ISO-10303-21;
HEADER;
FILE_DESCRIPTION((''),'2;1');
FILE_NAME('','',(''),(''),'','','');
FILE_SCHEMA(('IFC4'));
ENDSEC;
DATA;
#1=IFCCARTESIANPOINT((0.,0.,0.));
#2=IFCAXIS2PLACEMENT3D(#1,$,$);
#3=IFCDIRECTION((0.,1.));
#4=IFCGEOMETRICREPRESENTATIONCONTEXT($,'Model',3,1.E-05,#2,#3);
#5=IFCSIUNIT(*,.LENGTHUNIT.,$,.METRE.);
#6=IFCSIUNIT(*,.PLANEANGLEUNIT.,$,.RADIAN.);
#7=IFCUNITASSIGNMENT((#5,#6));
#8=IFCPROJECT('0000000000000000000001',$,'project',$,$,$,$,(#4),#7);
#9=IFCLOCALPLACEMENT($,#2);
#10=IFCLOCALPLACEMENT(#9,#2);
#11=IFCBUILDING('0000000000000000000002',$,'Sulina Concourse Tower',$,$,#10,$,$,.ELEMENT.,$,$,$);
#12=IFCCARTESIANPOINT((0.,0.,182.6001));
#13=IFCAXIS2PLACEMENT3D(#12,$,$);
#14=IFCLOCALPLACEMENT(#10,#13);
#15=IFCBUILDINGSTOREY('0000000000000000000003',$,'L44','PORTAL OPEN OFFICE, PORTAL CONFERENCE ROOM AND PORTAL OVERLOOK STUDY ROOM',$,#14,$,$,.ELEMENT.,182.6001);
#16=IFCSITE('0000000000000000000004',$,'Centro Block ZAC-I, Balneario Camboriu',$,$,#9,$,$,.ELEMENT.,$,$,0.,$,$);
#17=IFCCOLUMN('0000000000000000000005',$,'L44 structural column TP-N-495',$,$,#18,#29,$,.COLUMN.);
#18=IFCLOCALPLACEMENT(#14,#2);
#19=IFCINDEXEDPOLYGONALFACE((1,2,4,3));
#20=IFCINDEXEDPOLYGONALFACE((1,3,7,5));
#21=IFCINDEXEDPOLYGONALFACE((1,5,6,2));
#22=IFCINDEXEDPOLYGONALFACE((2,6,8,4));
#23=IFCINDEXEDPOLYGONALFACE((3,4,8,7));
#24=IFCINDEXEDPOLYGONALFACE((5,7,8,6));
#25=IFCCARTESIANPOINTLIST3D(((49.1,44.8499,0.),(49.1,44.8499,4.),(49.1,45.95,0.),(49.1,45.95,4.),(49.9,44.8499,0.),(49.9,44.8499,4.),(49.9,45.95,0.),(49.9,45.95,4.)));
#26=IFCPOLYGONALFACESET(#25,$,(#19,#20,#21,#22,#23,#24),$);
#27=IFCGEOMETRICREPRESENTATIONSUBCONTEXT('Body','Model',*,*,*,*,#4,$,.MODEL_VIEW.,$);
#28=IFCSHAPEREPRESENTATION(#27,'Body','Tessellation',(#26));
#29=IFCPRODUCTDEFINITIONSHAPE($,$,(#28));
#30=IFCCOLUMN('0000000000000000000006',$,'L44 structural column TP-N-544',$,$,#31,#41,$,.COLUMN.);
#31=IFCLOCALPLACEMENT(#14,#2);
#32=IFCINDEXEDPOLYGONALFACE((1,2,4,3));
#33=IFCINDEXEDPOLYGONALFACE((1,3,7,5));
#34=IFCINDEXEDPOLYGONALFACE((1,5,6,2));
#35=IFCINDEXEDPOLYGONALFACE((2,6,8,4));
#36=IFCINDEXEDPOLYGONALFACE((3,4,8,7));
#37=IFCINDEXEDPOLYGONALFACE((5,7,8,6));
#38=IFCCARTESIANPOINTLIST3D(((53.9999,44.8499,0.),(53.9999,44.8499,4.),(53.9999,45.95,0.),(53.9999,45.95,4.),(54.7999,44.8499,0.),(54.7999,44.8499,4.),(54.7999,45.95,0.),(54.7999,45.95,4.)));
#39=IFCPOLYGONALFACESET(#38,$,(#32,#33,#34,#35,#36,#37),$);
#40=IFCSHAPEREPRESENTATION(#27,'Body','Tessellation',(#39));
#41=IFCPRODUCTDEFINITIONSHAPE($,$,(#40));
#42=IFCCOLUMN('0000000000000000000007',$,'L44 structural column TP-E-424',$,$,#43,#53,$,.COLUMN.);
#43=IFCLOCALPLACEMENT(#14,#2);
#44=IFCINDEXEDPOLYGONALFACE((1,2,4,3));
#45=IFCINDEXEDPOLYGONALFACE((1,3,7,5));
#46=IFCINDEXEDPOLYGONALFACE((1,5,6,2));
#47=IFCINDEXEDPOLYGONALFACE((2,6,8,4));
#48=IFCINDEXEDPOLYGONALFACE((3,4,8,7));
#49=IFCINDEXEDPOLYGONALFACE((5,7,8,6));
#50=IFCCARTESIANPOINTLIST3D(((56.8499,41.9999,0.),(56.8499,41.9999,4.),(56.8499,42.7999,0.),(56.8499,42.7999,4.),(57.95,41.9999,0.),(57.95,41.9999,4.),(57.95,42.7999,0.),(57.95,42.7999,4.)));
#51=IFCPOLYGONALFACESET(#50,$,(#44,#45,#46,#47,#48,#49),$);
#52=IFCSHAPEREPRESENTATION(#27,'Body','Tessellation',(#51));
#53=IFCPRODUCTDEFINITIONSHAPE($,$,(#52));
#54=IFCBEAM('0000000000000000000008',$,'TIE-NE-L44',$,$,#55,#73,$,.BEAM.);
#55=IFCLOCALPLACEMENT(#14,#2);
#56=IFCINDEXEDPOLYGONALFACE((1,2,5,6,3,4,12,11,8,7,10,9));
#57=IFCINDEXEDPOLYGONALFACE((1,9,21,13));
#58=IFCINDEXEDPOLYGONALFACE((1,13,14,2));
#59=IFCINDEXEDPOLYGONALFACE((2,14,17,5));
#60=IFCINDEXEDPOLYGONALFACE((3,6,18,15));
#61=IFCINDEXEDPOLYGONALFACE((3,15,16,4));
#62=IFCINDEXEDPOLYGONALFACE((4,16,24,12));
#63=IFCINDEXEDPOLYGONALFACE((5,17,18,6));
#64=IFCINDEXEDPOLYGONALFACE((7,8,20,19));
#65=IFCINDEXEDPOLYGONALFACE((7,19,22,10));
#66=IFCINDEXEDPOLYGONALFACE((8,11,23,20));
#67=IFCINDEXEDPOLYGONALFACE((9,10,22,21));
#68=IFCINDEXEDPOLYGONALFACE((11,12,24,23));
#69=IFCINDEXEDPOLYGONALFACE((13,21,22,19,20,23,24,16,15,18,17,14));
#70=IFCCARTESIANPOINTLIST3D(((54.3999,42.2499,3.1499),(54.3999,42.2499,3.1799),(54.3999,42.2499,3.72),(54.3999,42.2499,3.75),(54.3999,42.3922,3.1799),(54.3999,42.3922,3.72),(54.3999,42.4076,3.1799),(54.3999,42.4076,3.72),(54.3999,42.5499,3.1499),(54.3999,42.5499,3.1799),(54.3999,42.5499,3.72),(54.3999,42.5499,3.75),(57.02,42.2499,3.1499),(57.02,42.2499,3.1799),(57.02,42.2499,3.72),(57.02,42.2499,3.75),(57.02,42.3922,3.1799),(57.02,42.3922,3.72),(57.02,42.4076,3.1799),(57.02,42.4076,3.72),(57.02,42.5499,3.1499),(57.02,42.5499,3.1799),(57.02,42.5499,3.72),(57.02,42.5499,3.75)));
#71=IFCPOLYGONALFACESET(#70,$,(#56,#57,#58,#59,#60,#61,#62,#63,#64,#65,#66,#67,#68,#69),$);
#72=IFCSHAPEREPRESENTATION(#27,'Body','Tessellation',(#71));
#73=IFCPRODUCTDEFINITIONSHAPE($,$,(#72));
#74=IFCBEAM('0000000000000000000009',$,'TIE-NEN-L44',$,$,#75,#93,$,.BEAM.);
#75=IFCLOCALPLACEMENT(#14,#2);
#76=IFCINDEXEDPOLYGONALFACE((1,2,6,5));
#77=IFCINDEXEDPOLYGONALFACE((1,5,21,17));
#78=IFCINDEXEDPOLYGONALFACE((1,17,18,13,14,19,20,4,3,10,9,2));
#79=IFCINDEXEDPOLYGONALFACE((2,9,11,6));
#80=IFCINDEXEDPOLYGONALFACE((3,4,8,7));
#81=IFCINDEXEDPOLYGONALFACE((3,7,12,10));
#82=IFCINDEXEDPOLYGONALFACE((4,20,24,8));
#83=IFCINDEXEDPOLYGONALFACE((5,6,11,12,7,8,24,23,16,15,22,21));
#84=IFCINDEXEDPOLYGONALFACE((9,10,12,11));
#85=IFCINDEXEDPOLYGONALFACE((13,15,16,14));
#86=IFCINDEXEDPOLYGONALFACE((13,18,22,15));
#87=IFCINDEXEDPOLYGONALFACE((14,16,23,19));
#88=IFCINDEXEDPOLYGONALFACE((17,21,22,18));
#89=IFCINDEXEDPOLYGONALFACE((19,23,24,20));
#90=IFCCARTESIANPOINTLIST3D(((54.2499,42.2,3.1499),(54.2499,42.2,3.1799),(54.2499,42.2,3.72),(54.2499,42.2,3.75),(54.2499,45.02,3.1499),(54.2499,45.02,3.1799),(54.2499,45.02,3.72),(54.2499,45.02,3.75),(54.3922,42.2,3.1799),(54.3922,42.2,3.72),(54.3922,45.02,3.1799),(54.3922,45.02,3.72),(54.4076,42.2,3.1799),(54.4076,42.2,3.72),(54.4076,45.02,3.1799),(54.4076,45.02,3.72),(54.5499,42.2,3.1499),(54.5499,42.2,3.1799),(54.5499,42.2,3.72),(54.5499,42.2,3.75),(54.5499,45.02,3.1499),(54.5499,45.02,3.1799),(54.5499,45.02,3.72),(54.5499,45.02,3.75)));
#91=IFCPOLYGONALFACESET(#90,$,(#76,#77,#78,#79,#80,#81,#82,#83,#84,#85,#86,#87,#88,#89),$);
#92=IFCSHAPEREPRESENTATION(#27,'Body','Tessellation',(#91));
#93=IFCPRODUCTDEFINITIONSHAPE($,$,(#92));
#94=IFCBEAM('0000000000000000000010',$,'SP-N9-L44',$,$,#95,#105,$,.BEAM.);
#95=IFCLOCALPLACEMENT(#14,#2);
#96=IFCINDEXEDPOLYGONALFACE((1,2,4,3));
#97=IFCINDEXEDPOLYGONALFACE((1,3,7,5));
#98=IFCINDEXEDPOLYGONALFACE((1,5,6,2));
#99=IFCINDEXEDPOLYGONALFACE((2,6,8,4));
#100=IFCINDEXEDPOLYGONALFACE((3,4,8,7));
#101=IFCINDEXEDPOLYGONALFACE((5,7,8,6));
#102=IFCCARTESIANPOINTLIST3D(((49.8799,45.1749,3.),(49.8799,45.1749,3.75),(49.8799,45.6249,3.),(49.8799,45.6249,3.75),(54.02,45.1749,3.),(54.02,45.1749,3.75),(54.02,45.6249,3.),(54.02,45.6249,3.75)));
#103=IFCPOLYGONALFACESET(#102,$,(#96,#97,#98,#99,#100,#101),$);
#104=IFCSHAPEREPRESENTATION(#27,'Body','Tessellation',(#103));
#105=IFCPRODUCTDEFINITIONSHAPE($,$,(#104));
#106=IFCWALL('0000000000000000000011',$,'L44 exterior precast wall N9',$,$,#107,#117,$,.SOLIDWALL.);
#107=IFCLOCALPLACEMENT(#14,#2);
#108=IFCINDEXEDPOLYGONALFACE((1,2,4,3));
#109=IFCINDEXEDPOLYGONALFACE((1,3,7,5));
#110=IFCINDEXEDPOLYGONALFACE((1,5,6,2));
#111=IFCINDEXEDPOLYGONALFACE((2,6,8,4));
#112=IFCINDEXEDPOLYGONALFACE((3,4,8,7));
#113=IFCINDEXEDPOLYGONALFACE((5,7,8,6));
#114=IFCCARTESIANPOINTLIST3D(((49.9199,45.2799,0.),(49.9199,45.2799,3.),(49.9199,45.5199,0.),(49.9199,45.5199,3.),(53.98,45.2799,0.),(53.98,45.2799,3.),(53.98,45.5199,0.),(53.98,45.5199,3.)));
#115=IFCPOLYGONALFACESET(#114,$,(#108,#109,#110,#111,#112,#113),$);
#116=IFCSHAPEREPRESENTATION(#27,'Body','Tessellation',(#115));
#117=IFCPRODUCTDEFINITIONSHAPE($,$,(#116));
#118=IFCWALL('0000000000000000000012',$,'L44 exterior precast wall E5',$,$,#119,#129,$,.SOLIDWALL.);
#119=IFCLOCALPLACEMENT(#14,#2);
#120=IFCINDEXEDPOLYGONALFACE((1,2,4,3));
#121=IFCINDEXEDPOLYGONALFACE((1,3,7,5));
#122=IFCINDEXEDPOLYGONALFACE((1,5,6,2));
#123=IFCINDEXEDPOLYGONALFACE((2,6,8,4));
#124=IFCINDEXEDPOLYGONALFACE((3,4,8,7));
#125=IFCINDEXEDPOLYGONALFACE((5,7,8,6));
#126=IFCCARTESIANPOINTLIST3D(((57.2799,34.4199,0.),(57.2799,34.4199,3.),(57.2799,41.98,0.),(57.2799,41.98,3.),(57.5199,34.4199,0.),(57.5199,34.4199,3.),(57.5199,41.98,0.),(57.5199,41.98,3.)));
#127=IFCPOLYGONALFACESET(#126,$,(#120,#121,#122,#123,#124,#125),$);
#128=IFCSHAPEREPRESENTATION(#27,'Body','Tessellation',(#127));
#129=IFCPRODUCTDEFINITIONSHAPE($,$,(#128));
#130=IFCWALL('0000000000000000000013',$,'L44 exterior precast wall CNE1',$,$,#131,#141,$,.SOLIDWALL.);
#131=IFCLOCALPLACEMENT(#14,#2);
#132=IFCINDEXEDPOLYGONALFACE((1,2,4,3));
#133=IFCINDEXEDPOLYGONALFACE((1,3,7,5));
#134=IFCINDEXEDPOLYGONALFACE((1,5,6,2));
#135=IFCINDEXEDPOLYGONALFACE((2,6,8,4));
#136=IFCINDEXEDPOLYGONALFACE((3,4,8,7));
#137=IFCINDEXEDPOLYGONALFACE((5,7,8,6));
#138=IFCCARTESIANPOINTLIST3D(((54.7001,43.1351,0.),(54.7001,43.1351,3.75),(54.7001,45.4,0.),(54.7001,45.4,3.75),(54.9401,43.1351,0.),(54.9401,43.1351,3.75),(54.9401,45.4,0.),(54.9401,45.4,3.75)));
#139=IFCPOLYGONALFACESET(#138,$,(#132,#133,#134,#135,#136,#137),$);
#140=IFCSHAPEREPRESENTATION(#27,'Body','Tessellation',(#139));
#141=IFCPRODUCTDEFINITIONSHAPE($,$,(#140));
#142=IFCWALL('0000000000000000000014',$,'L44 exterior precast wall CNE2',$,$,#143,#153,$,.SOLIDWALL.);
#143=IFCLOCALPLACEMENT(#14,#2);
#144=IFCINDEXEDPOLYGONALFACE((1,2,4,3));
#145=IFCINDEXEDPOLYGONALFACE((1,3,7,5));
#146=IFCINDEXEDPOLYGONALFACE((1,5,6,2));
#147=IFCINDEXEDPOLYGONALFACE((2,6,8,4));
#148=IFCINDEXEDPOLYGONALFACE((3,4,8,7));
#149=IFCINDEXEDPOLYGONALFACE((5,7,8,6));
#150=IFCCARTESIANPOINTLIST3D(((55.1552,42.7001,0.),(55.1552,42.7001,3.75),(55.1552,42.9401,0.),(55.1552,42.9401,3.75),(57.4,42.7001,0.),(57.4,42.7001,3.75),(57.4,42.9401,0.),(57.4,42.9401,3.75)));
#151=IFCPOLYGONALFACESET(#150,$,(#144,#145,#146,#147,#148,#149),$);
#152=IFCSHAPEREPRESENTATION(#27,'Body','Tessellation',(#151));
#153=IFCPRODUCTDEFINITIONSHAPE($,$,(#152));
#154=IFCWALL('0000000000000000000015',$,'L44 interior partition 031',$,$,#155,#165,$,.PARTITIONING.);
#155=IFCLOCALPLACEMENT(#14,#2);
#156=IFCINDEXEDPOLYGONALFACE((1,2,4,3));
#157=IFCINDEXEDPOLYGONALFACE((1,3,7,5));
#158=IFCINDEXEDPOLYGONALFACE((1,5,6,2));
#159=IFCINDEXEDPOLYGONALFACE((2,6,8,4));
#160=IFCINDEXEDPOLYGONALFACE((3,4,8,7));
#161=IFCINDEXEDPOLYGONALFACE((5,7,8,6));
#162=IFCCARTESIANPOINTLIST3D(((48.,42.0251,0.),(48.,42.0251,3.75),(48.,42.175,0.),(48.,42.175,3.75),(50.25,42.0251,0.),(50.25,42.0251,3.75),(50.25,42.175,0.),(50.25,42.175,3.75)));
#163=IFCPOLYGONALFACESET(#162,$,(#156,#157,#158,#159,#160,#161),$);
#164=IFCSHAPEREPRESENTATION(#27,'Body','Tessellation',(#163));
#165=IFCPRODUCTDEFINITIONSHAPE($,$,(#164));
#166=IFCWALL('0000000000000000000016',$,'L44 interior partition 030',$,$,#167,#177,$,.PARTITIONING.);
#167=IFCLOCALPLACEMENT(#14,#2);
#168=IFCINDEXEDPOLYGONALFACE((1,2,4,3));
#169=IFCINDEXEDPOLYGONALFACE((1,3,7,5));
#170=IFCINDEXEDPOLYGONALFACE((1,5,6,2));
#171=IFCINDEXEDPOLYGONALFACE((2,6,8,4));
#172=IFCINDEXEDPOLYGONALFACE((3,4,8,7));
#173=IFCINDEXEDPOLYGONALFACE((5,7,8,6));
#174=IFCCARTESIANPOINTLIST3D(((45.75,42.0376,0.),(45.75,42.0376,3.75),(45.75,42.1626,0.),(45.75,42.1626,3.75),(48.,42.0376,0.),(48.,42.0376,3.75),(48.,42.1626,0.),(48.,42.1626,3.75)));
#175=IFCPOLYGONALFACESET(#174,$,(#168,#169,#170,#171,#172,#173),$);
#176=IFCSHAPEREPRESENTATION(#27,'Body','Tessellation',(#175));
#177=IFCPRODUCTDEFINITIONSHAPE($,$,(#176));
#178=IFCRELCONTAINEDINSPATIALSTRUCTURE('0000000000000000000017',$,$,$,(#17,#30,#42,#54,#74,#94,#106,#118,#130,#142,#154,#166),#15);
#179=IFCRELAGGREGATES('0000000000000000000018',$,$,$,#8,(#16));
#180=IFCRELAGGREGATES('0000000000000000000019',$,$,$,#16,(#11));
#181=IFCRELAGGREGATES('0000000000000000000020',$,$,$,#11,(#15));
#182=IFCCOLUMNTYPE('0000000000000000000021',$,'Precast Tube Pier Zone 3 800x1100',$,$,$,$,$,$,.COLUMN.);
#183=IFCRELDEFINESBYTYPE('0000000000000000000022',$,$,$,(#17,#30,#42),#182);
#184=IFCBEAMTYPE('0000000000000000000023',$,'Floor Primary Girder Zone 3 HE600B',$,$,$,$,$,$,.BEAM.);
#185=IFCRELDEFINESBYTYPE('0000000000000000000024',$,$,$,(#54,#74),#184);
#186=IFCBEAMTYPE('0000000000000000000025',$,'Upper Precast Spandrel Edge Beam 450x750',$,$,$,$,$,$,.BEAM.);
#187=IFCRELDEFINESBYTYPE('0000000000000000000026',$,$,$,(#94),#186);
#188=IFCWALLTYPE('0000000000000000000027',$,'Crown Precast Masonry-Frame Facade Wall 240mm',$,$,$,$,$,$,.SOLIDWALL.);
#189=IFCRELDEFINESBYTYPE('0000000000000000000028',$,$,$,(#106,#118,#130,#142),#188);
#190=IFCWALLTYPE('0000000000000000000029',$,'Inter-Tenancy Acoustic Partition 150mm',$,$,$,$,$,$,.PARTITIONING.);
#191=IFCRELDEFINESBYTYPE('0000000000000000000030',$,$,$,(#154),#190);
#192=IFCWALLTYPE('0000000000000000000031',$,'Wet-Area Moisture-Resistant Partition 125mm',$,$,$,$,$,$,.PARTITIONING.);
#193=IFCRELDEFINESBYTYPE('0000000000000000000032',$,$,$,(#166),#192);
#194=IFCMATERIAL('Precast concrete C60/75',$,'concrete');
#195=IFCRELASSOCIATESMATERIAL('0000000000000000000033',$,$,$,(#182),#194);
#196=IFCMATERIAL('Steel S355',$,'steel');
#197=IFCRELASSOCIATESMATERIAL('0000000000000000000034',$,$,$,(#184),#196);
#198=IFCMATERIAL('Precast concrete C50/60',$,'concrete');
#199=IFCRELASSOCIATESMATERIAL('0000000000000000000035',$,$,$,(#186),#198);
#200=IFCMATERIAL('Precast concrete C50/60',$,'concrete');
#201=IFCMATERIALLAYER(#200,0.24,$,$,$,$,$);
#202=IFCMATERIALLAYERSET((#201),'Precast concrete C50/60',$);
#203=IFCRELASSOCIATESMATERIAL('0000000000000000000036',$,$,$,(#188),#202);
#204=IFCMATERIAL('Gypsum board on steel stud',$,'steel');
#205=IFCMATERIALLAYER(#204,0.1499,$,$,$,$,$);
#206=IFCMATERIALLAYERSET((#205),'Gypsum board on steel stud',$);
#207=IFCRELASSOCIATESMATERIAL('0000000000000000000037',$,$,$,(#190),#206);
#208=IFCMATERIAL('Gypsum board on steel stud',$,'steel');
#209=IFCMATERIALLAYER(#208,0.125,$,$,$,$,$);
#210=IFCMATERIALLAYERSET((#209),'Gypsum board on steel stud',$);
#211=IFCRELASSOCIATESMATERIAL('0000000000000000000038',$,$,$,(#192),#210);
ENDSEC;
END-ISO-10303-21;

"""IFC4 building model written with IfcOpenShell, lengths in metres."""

from ifc_helpers import new_model, si_unit, direction, frame, frame_2d, origin, origin_2d, place, context, subcontext, project, spatial, rectangle, i_section, extrude, material, layer, layer_set, material_profile, profile_set, type_object, element, save


model = new_model("IFC4")

# Units and contexts
model_context = context("Model", 3, precision=1e-05, world=origin(), true_north=direction((0.0, 1.0)))
body_context = subcontext(model_context, "Body", "Model", "MODEL_VIEW")
ifc_project = project(units=[si_unit("LENGTHUNIT", "METRE"), si_unit("PLANEANGLEUNIT", "RADIAN")], contexts=[model_context])

# Site, building, storey
site_placement = place(None, origin())
site = spatial("IfcSite", under=ifc_project, at=site_placement, Name="Centro Block ZAC-I, Balneario Camboriu", CompositionType="ELEMENT", RefElevation=0.0)
building_placement = place(site_placement, origin())
building = spatial("IfcBuilding", under=site, at=building_placement, Name="Sulina Concourse Tower", CompositionType="ELEMENT")
storey_placement = place(building_placement, frame((0.0, 0.0, 182.6001)))
storey = spatial("IfcBuildingStorey", under=building, at=storey_placement, Name="L44", Description="PORTAL OPEN OFFICE, PORTAL CONFERENCE ROOM AND PORTAL OVERLOOK STUDY ROOM", CompositionType="ELEMENT", Elevation=182.6001)

# Columns
ifc_material_1 = material(Name="Precast concrete C60/75", Category="concrete")
ifc_material_profile_1 = material_profile(ifc_material_1, rectangle(XDim=0.8, YDim=1.1001, at=origin_2d()), Name="PC 800x1100")
ifc_profile_set_1 = profile_set([ifc_material_profile_1], Name="Precast concrete C60/75")
column_type = type_object("IfcColumnType", Name="Precast Tube Pier Zone 3 800x1100", PredefinedType="COLUMN", material=ifc_profile_set_1)
for number, where, z_axis, x_axis, name in (
    (1, (49.5, 45.3999, 0.0), (0.0, 0.0, 1.0), (1.0, 0.0, 0.0), "L44 structural column TP-N-495"),
    (2, (54.3999, 45.3999, 0.0), (0.0, 0.0, 1.0), (1.0, 0.0, 0.0), "L44 structural column TP-N-544"),
    (3, (57.3999, 42.3999, 0.0), (0.0, 0.0, 1.0), (0.0, 1.0, 0.0), "L44 structural column TP-E-424"),
):
    element("IfcColumn", number, at=place(storey_placement, frame(where, z_axis=z_axis, x_axis=x_axis)), inside=storey, type_object=column_type, Name=name, PredefinedType="COLUMN", context=body_context, shape_type="SweptSolid", body=[
        extrude(rectangle(XDim=0.8, YDim=1.1001, at=origin_2d()), origin(), (0.0, 0.0, 1.0), 4.0),
    ])

# Beams
ifc_material_2 = material(Name="Steel S355", Category="steel")
ifc_material_profile_2 = material_profile(ifc_material_2, i_section(OverallWidth=0.3, OverallDepth=0.6001, WebThickness=0.0154, FlangeThickness=0.03, at=origin_2d()), Name="HE 600 B")
ifc_profile_set_2 = profile_set([ifc_material_profile_2], Name="Steel S355")
beam_type_1 = type_object("IfcBeamType", Name="Floor Primary Girder Zone 3 HE600B", PredefinedType="BEAM", material=ifc_profile_set_2)
beam_1_placement = place(storey_placement, frame((54.3999, 42.3999, 3.45), z_axis=(1.0, 0.0, 0.0), x_axis=(0.0, 1.0, 0.0)))
element("IfcBeam", 4, at=beam_1_placement, inside=storey, type_object=beam_type_1, Name="TIE-NE-L44", PredefinedType="BEAM", context=body_context, shape_type="SweptSolid", body=[
    extrude(i_section(OverallWidth=0.3, OverallDepth=0.6001, WebThickness=0.0154, FlangeThickness=0.03, at=origin_2d()), origin(), (0.0, 0.0, 1.0), 2.6201),
])
beam_2_placement = place(storey_placement, frame((54.3999, 42.2, 3.45), z_axis=(0.0, 1.0, 0.0), x_axis=(-1.0, 0.0, 0.0)))
element("IfcBeam", 5, at=beam_2_placement, inside=storey, type_object=beam_type_1, Name="TIE-NEN-L44", PredefinedType="BEAM", context=body_context, shape_type="SweptSolid", body=[
    extrude(i_section(OverallWidth=0.3, OverallDepth=0.6001, WebThickness=0.0154, FlangeThickness=0.03, at=origin_2d()), origin(), (0.0, 0.0, 1.0), 2.8201),
])
ifc_material_3 = material(Name="Precast concrete C50/60", Category="concrete")
ifc_material_profile_3 = material_profile(ifc_material_3, rectangle(XDim=0.45, YDim=0.75, at=origin_2d()), Name="RC 450x750")
ifc_profile_set_3 = profile_set([ifc_material_profile_3], Name="Precast concrete C50/60")
beam_type_2 = type_object("IfcBeamType", Name="Upper Precast Spandrel Edge Beam 450x750", PredefinedType="BEAM", material=ifc_profile_set_3)
beam_3_placement = place(storey_placement, frame((49.8799, 45.3999, 3.375), z_axis=(1.0, 0.0, 0.0), x_axis=(0.0, 1.0, 0.0)))
element("IfcBeam", 6, at=beam_3_placement, inside=storey, type_object=beam_type_2, Name="SP-N9-L44", PredefinedType="BEAM", context=body_context, shape_type="SweptSolid", body=[
    extrude(rectangle(XDim=0.45, YDim=0.75, at=origin_2d()), origin(), (0.0, 0.0, 1.0), 4.1401),
])

# Walls
ifc_material_4 = material(Name="Precast concrete C50/60", Category="concrete")
ifc_layer_1 = layer(ifc_material_4, 0.24)
ifc_layer_set_1 = layer_set([ifc_layer_1], Name="Precast concrete C50/60")
wall_type_1 = type_object("IfcWallType", Name="Crown Precast Masonry-Frame Facade Wall 240mm", PredefinedType="SOLIDWALL", material=ifc_layer_set_1)
wall_1_placement = place(storey_placement, frame((49.9199, 45.3999, 0.0), z_axis=(0.0, 0.0, 1.0), x_axis=(1.0, 0.0, 0.0)))
element("IfcWall", 7, at=wall_1_placement, inside=storey, type_object=wall_type_1, Name="L44 exterior precast wall N9", PredefinedType="SOLIDWALL", context=body_context, shape_type="SweptSolid", body=[
    extrude(rectangle(XDim=4.0601, YDim=0.24, at=frame_2d((2.03, 0.0))), origin(), (0.0, 0.0, 1.0), 3.0),
])
wall_2_placement = place(storey_placement, frame((57.3999, 41.98, 0.0), z_axis=(0.0, 0.0, 1.0), x_axis=(0.0, -1.0, 0.0)))
element("IfcWall", 8, at=wall_2_placement, inside=storey, type_object=wall_type_1, Name="L44 exterior precast wall E5", PredefinedType="SOLIDWALL", context=body_context, shape_type="SweptSolid", body=[
    extrude(rectangle(XDim=7.5601, YDim=0.24, at=frame_2d((3.78, 0.0))), origin(), (0.0, 0.0, 1.0), 3.0),
])
wall_3_placement = place(storey_placement, frame((54.8201, 45.3999, 0.0), z_axis=(0.0, 0.0, 1.0), x_axis=(0.0, -1.0, 0.0)))
element("IfcWall", 9, at=wall_3_placement, inside=storey, type_object=wall_type_1, Name="L44 exterior precast wall CNE1", PredefinedType="SOLIDWALL", context=body_context, shape_type="SweptSolid", body=[
    extrude(rectangle(XDim=2.2649, YDim=0.24, at=frame_2d((1.1323, 0.0))), origin(), (0.0, 0.0, 1.0), 3.75),
])
wall_4_placement = place(storey_placement, frame((55.155, 42.8201, 0.0), z_axis=(0.0, 0.0, 1.0), x_axis=(1.0, 0.0, 0.0)))
element("IfcWall", 10, at=wall_4_placement, inside=storey, type_object=wall_type_1, Name="L44 exterior precast wall CNE2", PredefinedType="SOLIDWALL", context=body_context, shape_type="SweptSolid", body=[
    extrude(rectangle(XDim=2.2449, YDim=0.24, at=frame_2d((1.1226, 0.0))), origin(), (0.0, 0.0, 1.0), 3.75),
])
ifc_material_5 = material(Name="Gypsum board on steel stud", Category="steel")
ifc_layer_2 = layer(ifc_material_5, 0.1499)
ifc_layer_set_2 = layer_set([ifc_layer_2], Name="Gypsum board on steel stud")
wall_type_2 = type_object("IfcWallType", Name="Inter-Tenancy Acoustic Partition 150mm", PredefinedType="PARTITIONING", material=ifc_layer_set_2)
wall_5_placement = place(storey_placement, frame((48.0, 42.1001, 0.0), z_axis=(0.0, 0.0, 1.0), x_axis=(1.0, 0.0, 0.0)))
element("IfcWall", 11, at=wall_5_placement, inside=storey, type_object=wall_type_2, Name="L44 interior partition 031", PredefinedType="PARTITIONING", context=body_context, shape_type="SweptSolid", body=[
    extrude(rectangle(XDim=2.25, YDim=0.1499, at=frame_2d((1.125, 0.0))), origin(), (0.0, 0.0, 1.0), 3.75),
])
ifc_material_6 = material(Name="Gypsum board on steel stud", Category="steel")
ifc_layer_3 = layer(ifc_material_6, 0.125)
ifc_layer_set_3 = layer_set([ifc_layer_3], Name="Gypsum board on steel stud")
wall_type_3 = type_object("IfcWallType", Name="Wet-Area Moisture-Resistant Partition 125mm", PredefinedType="PARTITIONING", material=ifc_layer_set_3)
wall_6_placement = place(storey_placement, frame((45.75, 42.1001, 0.0), z_axis=(0.0, 0.0, 1.0), x_axis=(1.0, 0.0, 0.0)))
element("IfcWall", 12, at=wall_6_placement, inside=storey, type_object=wall_type_3, Name="L44 interior partition 030", PredefinedType="PARTITIONING", context=body_context, shape_type="SweptSolid", body=[
    extrude(rectangle(XDim=2.25, YDim=0.125, at=frame_2d((1.125, 0.0))), origin(), (0.0, 0.0, 1.0), 3.75),
])

save(model, "model.ifc")
